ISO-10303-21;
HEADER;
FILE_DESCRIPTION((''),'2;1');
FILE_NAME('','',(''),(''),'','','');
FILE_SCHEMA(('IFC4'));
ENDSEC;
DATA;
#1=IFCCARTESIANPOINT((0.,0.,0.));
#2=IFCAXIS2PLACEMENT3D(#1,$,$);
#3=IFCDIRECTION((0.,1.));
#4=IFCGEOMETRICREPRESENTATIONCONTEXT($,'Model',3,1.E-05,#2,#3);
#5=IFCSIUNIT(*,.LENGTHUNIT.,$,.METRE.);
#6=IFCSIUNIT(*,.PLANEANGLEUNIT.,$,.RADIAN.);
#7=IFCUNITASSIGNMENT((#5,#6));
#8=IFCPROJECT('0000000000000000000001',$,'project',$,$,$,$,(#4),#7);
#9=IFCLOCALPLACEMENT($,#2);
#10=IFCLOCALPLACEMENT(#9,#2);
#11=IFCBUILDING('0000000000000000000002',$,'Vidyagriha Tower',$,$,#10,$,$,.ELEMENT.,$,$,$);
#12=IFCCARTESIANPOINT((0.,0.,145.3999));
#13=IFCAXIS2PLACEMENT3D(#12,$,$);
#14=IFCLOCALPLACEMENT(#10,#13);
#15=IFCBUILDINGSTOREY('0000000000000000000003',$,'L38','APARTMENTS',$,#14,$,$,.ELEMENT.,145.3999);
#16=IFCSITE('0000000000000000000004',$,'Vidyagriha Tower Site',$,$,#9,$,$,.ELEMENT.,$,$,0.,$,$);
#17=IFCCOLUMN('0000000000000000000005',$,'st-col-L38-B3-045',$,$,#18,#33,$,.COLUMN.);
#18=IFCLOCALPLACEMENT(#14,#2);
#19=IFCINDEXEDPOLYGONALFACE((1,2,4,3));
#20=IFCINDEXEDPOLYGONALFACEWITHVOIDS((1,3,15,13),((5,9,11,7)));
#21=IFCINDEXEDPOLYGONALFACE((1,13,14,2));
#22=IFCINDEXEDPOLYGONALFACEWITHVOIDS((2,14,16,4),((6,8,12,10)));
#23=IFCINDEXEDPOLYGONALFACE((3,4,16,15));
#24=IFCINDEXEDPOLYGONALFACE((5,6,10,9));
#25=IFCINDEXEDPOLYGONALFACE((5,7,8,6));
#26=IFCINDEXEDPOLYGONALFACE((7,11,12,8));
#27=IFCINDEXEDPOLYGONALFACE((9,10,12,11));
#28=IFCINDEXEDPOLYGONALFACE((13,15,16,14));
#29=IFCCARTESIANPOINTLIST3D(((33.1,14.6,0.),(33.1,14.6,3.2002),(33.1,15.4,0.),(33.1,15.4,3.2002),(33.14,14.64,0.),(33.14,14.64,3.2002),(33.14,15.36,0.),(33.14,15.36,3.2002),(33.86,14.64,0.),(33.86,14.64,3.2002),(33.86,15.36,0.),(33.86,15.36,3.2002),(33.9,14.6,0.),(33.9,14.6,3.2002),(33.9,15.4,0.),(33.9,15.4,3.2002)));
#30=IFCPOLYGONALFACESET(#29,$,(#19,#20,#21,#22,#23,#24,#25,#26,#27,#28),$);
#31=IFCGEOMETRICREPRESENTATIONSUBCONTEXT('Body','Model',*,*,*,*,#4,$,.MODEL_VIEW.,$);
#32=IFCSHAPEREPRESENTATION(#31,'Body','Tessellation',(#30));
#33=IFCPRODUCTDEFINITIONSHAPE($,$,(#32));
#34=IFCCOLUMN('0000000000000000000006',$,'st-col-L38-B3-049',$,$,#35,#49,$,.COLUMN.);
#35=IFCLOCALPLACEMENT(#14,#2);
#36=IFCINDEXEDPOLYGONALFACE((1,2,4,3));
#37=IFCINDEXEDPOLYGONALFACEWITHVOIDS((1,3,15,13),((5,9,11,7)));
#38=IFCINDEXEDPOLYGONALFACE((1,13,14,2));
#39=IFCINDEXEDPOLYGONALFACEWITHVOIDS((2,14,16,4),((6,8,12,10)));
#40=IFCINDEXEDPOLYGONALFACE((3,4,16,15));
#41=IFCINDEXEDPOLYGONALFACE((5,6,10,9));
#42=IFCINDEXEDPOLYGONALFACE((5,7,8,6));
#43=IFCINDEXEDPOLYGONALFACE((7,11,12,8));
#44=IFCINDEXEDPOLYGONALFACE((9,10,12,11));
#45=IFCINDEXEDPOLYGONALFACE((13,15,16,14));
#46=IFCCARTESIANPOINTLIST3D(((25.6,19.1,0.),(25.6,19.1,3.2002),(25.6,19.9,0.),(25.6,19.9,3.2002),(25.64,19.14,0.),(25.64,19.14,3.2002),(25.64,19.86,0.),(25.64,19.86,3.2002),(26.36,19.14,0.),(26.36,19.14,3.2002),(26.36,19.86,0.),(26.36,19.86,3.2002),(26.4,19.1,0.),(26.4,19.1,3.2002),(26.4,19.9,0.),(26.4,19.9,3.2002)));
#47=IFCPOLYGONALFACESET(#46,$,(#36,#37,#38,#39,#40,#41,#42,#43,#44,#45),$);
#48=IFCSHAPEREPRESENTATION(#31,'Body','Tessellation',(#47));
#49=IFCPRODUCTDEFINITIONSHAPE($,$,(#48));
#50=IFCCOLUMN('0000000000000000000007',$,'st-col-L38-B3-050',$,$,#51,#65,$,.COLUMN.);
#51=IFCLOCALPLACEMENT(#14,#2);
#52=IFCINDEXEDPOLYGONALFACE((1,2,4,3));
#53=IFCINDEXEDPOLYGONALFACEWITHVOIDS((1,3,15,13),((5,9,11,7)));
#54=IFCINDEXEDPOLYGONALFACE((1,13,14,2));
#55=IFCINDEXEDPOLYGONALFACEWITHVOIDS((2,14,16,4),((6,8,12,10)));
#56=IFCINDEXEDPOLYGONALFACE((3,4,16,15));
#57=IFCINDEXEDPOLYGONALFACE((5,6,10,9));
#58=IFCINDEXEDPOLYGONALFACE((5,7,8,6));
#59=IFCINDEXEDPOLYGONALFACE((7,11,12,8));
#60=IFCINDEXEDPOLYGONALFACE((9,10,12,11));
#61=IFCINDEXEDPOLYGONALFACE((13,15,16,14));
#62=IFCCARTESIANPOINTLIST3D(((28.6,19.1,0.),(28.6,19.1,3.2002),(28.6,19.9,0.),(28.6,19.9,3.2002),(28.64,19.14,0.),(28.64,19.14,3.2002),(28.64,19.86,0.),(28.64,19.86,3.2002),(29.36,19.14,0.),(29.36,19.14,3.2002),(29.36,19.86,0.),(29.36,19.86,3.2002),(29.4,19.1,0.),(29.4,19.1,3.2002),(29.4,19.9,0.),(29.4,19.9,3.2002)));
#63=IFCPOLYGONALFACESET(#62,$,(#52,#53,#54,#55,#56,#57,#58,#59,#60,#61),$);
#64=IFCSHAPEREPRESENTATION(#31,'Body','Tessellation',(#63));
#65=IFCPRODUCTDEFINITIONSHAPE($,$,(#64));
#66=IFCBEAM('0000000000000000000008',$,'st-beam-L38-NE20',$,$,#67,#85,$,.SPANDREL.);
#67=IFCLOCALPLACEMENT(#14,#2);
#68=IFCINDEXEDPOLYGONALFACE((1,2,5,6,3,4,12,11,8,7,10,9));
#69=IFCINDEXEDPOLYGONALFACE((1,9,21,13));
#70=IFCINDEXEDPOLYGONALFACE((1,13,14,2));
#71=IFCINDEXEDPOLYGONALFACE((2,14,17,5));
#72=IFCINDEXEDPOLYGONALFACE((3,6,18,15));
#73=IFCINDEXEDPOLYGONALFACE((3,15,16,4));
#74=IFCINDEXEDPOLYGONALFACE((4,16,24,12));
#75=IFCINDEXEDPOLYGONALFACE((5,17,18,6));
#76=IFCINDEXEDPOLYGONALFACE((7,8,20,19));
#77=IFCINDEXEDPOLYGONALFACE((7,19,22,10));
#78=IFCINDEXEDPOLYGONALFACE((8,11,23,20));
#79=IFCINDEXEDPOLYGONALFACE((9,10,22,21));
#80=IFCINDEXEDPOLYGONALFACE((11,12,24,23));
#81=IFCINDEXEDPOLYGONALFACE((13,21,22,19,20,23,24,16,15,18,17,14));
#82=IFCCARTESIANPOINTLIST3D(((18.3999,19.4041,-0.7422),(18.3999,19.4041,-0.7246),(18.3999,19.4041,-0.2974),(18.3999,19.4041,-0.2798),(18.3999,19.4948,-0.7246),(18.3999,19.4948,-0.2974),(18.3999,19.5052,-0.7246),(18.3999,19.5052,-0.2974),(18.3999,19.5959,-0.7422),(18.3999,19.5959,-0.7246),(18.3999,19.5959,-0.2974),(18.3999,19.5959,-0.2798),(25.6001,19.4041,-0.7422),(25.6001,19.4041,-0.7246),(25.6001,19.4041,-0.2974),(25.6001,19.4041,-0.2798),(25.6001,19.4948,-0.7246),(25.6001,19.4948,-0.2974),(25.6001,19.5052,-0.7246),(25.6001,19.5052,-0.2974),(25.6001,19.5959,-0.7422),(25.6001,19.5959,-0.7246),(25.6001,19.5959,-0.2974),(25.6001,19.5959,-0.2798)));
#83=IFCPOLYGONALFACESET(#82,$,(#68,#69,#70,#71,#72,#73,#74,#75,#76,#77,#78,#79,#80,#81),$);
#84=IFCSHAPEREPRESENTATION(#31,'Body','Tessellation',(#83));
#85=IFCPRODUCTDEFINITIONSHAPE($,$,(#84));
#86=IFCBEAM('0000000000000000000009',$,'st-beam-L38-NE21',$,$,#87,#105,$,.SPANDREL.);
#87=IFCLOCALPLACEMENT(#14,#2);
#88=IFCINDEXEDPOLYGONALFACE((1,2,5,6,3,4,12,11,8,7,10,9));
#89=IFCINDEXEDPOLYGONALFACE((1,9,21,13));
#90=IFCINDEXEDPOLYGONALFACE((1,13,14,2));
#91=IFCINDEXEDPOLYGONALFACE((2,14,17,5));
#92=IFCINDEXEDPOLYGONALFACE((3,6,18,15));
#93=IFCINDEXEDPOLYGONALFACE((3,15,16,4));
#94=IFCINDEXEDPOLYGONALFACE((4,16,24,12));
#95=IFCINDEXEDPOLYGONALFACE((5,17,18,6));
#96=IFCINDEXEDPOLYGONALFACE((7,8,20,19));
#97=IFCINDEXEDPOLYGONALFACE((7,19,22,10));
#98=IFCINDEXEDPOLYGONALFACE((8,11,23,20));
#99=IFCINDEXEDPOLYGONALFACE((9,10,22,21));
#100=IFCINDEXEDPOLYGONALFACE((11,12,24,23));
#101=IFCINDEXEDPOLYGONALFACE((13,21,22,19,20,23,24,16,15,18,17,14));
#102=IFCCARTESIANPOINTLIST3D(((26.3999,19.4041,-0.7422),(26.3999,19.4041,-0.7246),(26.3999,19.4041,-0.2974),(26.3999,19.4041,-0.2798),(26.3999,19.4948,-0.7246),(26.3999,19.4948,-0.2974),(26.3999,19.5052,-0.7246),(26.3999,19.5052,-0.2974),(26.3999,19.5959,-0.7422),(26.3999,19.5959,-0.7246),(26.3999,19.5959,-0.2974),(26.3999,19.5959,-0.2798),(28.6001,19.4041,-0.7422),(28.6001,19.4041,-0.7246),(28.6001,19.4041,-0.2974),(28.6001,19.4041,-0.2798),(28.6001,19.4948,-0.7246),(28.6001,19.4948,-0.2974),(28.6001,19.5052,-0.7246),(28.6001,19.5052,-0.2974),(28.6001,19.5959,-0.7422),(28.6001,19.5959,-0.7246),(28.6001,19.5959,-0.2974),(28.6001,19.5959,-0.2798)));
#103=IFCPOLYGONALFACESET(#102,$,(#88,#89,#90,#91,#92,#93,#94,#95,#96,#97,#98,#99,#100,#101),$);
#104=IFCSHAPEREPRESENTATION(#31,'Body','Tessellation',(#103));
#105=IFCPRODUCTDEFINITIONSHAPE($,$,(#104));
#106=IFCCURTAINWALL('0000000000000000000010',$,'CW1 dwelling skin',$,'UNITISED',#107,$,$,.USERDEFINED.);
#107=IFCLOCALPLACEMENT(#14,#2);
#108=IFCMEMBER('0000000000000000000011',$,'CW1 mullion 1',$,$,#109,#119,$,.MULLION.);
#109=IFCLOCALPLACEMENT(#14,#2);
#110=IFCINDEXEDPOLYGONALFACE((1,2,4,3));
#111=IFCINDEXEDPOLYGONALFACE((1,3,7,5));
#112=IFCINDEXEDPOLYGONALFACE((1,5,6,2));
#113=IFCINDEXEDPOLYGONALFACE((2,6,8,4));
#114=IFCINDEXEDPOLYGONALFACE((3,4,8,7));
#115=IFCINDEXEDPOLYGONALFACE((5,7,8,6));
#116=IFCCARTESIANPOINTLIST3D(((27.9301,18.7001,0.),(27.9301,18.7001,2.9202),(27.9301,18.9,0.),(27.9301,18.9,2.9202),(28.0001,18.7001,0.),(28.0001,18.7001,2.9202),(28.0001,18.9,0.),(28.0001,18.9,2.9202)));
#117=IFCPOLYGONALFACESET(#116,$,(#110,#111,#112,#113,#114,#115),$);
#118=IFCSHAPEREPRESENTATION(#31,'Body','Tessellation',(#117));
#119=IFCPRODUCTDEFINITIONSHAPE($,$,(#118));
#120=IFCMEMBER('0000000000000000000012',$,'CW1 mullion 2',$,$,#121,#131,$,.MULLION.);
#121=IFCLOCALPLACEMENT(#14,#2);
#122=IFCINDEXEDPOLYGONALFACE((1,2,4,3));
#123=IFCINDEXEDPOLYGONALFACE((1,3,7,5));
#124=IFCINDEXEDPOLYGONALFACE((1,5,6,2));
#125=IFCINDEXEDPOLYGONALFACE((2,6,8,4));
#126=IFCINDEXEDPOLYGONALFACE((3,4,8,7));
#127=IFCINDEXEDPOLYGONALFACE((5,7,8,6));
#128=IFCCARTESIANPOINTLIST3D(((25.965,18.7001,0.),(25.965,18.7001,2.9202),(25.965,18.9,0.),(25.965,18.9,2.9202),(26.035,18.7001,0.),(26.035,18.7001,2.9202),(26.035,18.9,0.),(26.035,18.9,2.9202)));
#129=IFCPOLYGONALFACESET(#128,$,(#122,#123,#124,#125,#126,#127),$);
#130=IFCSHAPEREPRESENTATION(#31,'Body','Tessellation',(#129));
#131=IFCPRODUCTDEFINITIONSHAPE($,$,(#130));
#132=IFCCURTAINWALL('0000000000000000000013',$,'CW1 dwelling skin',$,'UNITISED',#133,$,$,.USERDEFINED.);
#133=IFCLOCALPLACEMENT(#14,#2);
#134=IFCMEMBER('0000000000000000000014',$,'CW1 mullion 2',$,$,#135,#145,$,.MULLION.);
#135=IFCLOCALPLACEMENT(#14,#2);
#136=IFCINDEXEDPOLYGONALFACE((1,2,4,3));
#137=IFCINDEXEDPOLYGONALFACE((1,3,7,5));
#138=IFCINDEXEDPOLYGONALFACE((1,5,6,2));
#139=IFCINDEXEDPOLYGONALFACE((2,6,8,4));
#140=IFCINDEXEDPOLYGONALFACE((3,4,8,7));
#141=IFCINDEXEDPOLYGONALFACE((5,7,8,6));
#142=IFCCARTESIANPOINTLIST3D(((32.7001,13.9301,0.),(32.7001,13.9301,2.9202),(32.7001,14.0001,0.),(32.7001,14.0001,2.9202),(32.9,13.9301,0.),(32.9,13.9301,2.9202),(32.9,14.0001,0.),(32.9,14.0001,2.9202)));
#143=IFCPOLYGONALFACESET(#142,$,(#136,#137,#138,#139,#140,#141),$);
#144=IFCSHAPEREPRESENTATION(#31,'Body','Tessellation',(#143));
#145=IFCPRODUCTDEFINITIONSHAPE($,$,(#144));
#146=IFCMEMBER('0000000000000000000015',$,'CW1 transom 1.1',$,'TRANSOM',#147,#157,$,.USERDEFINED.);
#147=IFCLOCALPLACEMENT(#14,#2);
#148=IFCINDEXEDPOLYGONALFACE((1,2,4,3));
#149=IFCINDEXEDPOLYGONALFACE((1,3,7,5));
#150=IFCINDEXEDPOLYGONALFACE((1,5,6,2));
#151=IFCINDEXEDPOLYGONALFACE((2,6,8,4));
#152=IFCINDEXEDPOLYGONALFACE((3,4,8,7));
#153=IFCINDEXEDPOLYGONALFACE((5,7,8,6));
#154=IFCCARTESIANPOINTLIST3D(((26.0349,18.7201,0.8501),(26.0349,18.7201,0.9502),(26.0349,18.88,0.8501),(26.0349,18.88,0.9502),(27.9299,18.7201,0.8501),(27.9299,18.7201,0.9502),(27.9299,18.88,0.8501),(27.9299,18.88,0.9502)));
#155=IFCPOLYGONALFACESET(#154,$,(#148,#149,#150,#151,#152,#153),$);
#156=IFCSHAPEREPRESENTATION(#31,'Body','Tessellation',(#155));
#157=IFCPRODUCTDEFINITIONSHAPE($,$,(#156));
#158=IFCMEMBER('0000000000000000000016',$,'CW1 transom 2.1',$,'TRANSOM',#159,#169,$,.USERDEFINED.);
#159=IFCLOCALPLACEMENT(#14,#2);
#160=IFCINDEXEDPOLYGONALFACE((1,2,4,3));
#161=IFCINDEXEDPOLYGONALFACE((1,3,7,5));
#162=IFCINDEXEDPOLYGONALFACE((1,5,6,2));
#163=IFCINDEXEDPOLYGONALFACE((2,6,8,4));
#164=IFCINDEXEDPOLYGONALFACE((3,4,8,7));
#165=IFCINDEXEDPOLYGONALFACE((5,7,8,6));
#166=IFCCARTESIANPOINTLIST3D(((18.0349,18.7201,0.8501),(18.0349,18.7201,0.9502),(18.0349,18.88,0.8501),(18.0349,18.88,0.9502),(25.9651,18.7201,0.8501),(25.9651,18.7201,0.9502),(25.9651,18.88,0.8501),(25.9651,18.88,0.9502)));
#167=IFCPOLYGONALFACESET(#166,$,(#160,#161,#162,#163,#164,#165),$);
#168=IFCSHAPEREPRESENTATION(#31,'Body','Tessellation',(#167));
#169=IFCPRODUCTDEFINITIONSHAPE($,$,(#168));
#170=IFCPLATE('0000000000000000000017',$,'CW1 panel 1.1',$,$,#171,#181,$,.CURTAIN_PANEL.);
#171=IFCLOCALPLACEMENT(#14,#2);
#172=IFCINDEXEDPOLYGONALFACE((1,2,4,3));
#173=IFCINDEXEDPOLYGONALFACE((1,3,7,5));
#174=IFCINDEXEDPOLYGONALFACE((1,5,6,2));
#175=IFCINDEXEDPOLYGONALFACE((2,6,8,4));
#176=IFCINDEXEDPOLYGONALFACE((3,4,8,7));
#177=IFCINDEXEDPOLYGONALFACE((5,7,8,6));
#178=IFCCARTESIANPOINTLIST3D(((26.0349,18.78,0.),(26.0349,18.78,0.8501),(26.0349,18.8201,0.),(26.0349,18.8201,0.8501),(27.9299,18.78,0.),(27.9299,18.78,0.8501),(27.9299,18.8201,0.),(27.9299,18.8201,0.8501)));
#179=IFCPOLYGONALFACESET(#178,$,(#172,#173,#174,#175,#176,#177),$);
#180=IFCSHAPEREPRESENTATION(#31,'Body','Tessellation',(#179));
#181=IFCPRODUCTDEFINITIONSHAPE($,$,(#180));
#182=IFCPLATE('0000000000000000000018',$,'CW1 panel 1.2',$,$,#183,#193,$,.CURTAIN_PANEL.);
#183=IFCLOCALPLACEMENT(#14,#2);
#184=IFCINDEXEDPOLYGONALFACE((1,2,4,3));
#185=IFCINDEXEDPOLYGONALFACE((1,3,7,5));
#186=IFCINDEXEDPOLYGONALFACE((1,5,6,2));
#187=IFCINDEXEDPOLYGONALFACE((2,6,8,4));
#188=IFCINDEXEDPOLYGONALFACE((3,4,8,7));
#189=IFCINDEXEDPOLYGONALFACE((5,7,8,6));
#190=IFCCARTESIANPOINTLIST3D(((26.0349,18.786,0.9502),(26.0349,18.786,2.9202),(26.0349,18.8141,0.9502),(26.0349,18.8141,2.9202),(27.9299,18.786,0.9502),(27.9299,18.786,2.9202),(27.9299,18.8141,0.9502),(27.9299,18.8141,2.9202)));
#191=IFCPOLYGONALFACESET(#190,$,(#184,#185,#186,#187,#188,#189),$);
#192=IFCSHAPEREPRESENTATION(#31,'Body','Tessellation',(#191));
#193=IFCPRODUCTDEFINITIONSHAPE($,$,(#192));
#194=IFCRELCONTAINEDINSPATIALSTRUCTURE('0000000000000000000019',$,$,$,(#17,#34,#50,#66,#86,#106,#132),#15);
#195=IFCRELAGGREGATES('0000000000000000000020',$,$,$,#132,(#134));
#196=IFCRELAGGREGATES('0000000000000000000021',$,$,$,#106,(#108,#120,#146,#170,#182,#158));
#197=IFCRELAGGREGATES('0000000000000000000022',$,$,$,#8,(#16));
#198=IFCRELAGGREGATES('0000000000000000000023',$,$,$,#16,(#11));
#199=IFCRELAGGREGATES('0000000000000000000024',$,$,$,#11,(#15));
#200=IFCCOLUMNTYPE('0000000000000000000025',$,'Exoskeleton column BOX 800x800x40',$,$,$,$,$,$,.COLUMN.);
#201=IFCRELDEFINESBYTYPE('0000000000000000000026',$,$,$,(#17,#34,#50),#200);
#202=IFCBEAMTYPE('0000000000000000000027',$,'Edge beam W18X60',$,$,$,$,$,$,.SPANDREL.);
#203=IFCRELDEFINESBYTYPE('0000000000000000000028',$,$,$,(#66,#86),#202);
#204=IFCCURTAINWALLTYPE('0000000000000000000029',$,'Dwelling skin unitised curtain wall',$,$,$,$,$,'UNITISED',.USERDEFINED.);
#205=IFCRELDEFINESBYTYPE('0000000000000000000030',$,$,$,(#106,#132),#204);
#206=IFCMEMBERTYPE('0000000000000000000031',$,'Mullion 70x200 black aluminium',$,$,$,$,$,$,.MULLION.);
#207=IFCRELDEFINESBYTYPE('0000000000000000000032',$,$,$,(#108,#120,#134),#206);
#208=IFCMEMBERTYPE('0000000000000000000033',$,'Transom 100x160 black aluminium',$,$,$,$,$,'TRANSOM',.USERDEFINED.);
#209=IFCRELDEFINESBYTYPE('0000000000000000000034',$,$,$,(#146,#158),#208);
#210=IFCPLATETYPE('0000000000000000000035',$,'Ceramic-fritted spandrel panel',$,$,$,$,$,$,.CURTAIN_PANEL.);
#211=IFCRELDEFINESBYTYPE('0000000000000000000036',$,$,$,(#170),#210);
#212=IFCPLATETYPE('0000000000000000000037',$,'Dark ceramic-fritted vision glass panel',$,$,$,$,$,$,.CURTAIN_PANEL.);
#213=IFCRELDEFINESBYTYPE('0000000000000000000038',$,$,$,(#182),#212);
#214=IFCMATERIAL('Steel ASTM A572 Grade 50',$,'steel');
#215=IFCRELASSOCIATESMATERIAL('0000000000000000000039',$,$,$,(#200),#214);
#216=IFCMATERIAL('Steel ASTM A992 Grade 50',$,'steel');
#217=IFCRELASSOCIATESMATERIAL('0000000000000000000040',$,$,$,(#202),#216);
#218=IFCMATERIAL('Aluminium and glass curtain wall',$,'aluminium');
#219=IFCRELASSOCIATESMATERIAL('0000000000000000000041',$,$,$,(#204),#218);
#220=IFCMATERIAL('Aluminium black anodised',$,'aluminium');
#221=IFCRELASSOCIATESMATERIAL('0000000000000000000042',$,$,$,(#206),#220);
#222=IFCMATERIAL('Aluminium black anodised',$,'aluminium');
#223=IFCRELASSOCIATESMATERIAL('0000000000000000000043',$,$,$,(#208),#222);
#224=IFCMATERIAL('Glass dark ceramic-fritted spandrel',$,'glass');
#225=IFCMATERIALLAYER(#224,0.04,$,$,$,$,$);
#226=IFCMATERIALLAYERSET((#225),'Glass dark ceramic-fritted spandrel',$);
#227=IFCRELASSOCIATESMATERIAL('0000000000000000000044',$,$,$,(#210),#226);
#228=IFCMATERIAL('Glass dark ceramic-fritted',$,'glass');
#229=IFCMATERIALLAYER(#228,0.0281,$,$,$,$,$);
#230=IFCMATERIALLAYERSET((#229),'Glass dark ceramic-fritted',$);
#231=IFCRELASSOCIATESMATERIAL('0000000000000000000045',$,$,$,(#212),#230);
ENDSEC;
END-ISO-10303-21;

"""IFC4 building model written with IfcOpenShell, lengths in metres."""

from ifc_helpers import new_model, si_unit, direction, frame, origin, origin_2d, place, context, subcontext, project, spatial, rectangle, hollow_rectangle, i_section, extrude, material, layer, layer_set, material_profile, profile_set, type_object, element, aggregate, save


model = new_model("IFC4")

# Units and contexts
model_context = context("Model", 3, precision=1e-05, world=origin(), true_north=direction((0.0, 1.0)))
body_context = subcontext(model_context, "Body", "Model", "MODEL_VIEW")
ifc_project = project(units=[si_unit("LENGTHUNIT", "METRE"), si_unit("PLANEANGLEUNIT", "RADIAN")], contexts=[model_context])

# Site, building, storey
site_placement = place(None, origin())
site = spatial("IfcSite", under=ifc_project, at=site_placement, Name="Vidyagriha Tower Site", CompositionType="ELEMENT", RefElevation=0.0)
building_placement = place(site_placement, origin())
building = spatial("IfcBuilding", under=site, at=building_placement, Name="Vidyagriha Tower", CompositionType="ELEMENT")
storey_placement = place(building_placement, frame((0.0, 0.0, 145.3999)))
storey = spatial("IfcBuildingStorey", under=building, at=storey_placement, Name="L38", Description="APARTMENTS", CompositionType="ELEMENT", Elevation=145.3999)

# Columns
ifc_material_1 = material(Name="Steel ASTM A572 Grade 50", Category="steel")
ifc_material_profile_1 = material_profile(ifc_material_1, hollow_rectangle(XDim=0.8, YDim=0.8, WallThickness=0.04, at=origin_2d()), Name="BOX 800x800x40")
ifc_profile_set_1 = profile_set([ifc_material_profile_1], Name="Steel ASTM A572 Grade 50")
column_type = type_object("IfcColumnType", Name="Exoskeleton column BOX 800x800x40", PredefinedType="COLUMN", material=ifc_profile_set_1)
for number, where, name in (
    (1, (33.5, 15.0, 0.0), "st-col-L38-B3-045"),
    (2, (26.0, 19.5, 0.0), "st-col-L38-B3-049"),
    (3, (29.0, 19.5, 0.0), "st-col-L38-B3-050"),
):
    element("IfcColumn", number, at=place(storey_placement, frame(where)), inside=storey, type_object=column_type, Name=name, PredefinedType="COLUMN", context=body_context, shape_type="SweptSolid", body=[
        extrude(hollow_rectangle(XDim=0.8, YDim=0.8, WallThickness=0.04, at=origin_2d()), origin(), (0.0, 0.0, 1.0), 3.2002),
    ])

# Beams
ifc_material_2 = material(Name="Steel ASTM A992 Grade 50", Category="steel")
ifc_material_profile_2 = material_profile(ifc_material_2, i_section(OverallWidth=0.1919, OverallDepth=0.4624, WebThickness=0.0105, FlangeThickness=0.0176, at=origin_2d()), Name="W18X60")
ifc_profile_set_2 = profile_set([ifc_material_profile_2], Name="Steel ASTM A992 Grade 50")
beam_type = type_object("IfcBeamType", Name="Edge beam W18X60", PredefinedType="SPANDREL", material=ifc_profile_set_2)
beam_1_placement = place(storey_placement, frame((18.3999, 19.5, -0.511), z_axis=(1.0, 0.0, 0.0), x_axis=(0.0, 1.0, 0.0)))
element("IfcBeam", 4, at=beam_1_placement, inside=storey, type_object=beam_type, Name="st-beam-L38-NE20", PredefinedType="SPANDREL", context=body_context, shape_type="SweptSolid", body=[
    extrude(i_section(OverallWidth=0.1919, OverallDepth=0.4624, WebThickness=0.0105, FlangeThickness=0.0176, at=origin_2d()), origin(), (0.0, 0.0, 1.0), 7.2002),
])
beam_2_placement = place(storey_placement, frame((26.3999, 19.5, -0.511), z_axis=(1.0, 0.0, 0.0), x_axis=(0.0, 1.0, 0.0)))
element("IfcBeam", 5, at=beam_2_placement, inside=storey, type_object=beam_type, Name="st-beam-L38-NE21", PredefinedType="SPANDREL", context=body_context, shape_type="SweptSolid", body=[
    extrude(i_section(OverallWidth=0.1919, OverallDepth=0.4624, WebThickness=0.0105, FlangeThickness=0.0176, at=origin_2d()), origin(), (0.0, 0.0, 1.0), 2.2002),
])

# Curtain wall, members
ifc_material_3 = material(Name="Aluminium and glass curtain wall", Category="aluminium")
curtain_wall_type = type_object("IfcCurtainWallType", Name="Dwelling skin unitised curtain wall", ElementType="UNITISED", PredefinedType="USERDEFINED", material=ifc_material_3)
curtain_wall_1_placement = place(storey_placement, origin())
curtain_wall_1 = element("IfcCurtainWall", 6, at=curtain_wall_1_placement, inside=storey, type_object=curtain_wall_type, Name="CW1 dwelling skin", ObjectType="UNITISED", PredefinedType="USERDEFINED")
ifc_material_4 = material(Name="Aluminium black anodised", Category="aluminium")
ifc_material_profile_3 = material_profile(ifc_material_4, rectangle(XDim=0.2, YDim=0.0701, at=origin_2d()), Name="Mullion 70x200 black aluminium")
ifc_profile_set_3 = profile_set([ifc_material_profile_3], Name="Aluminium black anodised")
member_type_1 = type_object("IfcMemberType", Name="Mullion 70x200 black aluminium", PredefinedType="MULLION", material=ifc_profile_set_3)
member_1_placement = place(storey_placement, frame((27.9651, 18.8, 0.0), z_axis=(0.0, 0.0, 1.0), x_axis=(0.0, -1.0, 0.0)))
member_1 = element("IfcMember", 7, at=member_1_placement, type_object=member_type_1, Name="CW1 mullion 1", PredefinedType="MULLION", context=body_context, shape_type="SweptSolid", body=[
    extrude(rectangle(XDim=0.2, YDim=0.0701, at=origin_2d()), origin(), (0.0, 0.0, 1.0), 2.9202),
])
member_2_placement = place(storey_placement, frame((26.0, 18.8, 0.0), z_axis=(0.0, 0.0, 1.0), x_axis=(0.0, -1.0, 0.0)))
member_2 = element("IfcMember", 8, at=member_2_placement, type_object=member_type_1, Name="CW1 mullion 2", PredefinedType="MULLION", context=body_context, shape_type="SweptSolid", body=[
    extrude(rectangle(XDim=0.2, YDim=0.0701, at=origin_2d()), origin(), (0.0, 0.0, 1.0), 2.9202),
])

# Curtain wall, member
curtain_wall_2_placement = place(storey_placement, origin())
curtain_wall_2 = element("IfcCurtainWall", 9, at=curtain_wall_2_placement, inside=storey, type_object=curtain_wall_type, Name="CW1 dwelling skin", ObjectType="UNITISED", PredefinedType="USERDEFINED")
member_3_placement = place(storey_placement, frame((32.8, 13.9651, 0.0), z_axis=(0.0, 0.0, 1.0), x_axis=(-1.0, 0.0, 0.0)))
member_3 = element("IfcMember", 10, at=member_3_placement, type_object=member_type_1, Name="CW1 mullion 2", PredefinedType="MULLION", context=body_context, shape_type="SweptSolid", body=[
    extrude(rectangle(XDim=0.2, YDim=0.0701, at=origin_2d()), origin(), (0.0, 0.0, 1.0), 2.9202),
])
aggregate(curtain_wall_2, [member_3])

# Members
ifc_material_5 = material(Name="Aluminium black anodised", Category="aluminium")
ifc_material_profile_4 = material_profile(ifc_material_5, rectangle(XDim=0.1599, YDim=0.1001, at=origin_2d()), Name="Transom 100x160 black aluminium")
ifc_profile_set_4 = profile_set([ifc_material_profile_4], Name="Aluminium black anodised")
member_type_2 = type_object("IfcMemberType", Name="Transom 100x160 black aluminium", ElementType="TRANSOM", PredefinedType="USERDEFINED", material=ifc_profile_set_4)
member_4_placement = place(storey_placement, frame((27.9299, 18.8, 0.9001), z_axis=(-1.0, 0.0, 0.0), x_axis=(0.0, -1.0, 0.0)))
member_4 = element("IfcMember", 11, at=member_4_placement, type_object=member_type_2, Name="CW1 transom 1.1", ObjectType="TRANSOM", PredefinedType="USERDEFINED", context=body_context, shape_type="SweptSolid", body=[
    extrude(rectangle(XDim=0.1599, YDim=0.1001, at=origin_2d()), origin(), (0.0, 0.0, 1.0), 1.895),
])
member_5_placement = place(storey_placement, frame((25.9651, 18.8, 0.9001), z_axis=(-1.0, 0.0, 0.0), x_axis=(0.0, -1.0, 0.0)))
member_5 = element("IfcMember", 12, at=member_5_placement, type_object=member_type_2, Name="CW1 transom 2.1", ObjectType="TRANSOM", PredefinedType="USERDEFINED", context=body_context, shape_type="SweptSolid", body=[
    extrude(rectangle(XDim=0.1599, YDim=0.1001, at=origin_2d()), origin(), (0.0, 0.0, 1.0), 7.9302),
])

# Plates
ifc_material_6 = material(Name="Glass dark ceramic-fritted spandrel", Category="glass")
ifc_layer_1 = layer(ifc_material_6, 0.04)
ifc_layer_set_1 = layer_set([ifc_layer_1], Name="Glass dark ceramic-fritted spandrel")
plate_type_1 = type_object("IfcPlateType", Name="Ceramic-fritted spandrel panel", PredefinedType="CURTAIN_PANEL", material=ifc_layer_set_1)
plate_1_placement = place(storey_placement, frame((26.9824, 18.8, 0.0), z_axis=(0.0, 0.0, 1.0), x_axis=(-1.0, 0.0, 0.0)))
plate_1 = element("IfcPlate", 13, at=plate_1_placement, type_object=plate_type_1, Name="CW1 panel 1.1", PredefinedType="CURTAIN_PANEL", context=body_context, shape_type="SweptSolid", body=[
    extrude(rectangle(XDim=1.895, YDim=0.04, at=origin_2d()), origin(), (0.0, 0.0, 1.0), 0.8501),
])
ifc_material_7 = material(Name="Glass dark ceramic-fritted", Category="glass")
ifc_layer_2 = layer(ifc_material_7, 0.0281)
ifc_layer_set_2 = layer_set([ifc_layer_2], Name="Glass dark ceramic-fritted")
plate_type_2 = type_object("IfcPlateType", Name="Dark ceramic-fritted vision glass panel", PredefinedType="CURTAIN_PANEL", material=ifc_layer_set_2)
plate_2_placement = place(storey_placement, frame((26.9824, 18.8, 0.9502), z_axis=(0.0, 0.0, 1.0), x_axis=(-1.0, 0.0, 0.0)))
plate_2 = element("IfcPlate", 14, at=plate_2_placement, type_object=plate_type_2, Name="CW1 panel 1.2", PredefinedType="CURTAIN_PANEL", context=body_context, shape_type="SweptSolid", body=[
    extrude(rectangle(XDim=1.895, YDim=0.0281, at=origin_2d()), origin(), (0.0, 0.0, 1.0), 1.97),
])
aggregate(curtain_wall_1, [member_1, member_2, member_4, plate_1, plate_2, member_5])

save(model, "model.ifc")
